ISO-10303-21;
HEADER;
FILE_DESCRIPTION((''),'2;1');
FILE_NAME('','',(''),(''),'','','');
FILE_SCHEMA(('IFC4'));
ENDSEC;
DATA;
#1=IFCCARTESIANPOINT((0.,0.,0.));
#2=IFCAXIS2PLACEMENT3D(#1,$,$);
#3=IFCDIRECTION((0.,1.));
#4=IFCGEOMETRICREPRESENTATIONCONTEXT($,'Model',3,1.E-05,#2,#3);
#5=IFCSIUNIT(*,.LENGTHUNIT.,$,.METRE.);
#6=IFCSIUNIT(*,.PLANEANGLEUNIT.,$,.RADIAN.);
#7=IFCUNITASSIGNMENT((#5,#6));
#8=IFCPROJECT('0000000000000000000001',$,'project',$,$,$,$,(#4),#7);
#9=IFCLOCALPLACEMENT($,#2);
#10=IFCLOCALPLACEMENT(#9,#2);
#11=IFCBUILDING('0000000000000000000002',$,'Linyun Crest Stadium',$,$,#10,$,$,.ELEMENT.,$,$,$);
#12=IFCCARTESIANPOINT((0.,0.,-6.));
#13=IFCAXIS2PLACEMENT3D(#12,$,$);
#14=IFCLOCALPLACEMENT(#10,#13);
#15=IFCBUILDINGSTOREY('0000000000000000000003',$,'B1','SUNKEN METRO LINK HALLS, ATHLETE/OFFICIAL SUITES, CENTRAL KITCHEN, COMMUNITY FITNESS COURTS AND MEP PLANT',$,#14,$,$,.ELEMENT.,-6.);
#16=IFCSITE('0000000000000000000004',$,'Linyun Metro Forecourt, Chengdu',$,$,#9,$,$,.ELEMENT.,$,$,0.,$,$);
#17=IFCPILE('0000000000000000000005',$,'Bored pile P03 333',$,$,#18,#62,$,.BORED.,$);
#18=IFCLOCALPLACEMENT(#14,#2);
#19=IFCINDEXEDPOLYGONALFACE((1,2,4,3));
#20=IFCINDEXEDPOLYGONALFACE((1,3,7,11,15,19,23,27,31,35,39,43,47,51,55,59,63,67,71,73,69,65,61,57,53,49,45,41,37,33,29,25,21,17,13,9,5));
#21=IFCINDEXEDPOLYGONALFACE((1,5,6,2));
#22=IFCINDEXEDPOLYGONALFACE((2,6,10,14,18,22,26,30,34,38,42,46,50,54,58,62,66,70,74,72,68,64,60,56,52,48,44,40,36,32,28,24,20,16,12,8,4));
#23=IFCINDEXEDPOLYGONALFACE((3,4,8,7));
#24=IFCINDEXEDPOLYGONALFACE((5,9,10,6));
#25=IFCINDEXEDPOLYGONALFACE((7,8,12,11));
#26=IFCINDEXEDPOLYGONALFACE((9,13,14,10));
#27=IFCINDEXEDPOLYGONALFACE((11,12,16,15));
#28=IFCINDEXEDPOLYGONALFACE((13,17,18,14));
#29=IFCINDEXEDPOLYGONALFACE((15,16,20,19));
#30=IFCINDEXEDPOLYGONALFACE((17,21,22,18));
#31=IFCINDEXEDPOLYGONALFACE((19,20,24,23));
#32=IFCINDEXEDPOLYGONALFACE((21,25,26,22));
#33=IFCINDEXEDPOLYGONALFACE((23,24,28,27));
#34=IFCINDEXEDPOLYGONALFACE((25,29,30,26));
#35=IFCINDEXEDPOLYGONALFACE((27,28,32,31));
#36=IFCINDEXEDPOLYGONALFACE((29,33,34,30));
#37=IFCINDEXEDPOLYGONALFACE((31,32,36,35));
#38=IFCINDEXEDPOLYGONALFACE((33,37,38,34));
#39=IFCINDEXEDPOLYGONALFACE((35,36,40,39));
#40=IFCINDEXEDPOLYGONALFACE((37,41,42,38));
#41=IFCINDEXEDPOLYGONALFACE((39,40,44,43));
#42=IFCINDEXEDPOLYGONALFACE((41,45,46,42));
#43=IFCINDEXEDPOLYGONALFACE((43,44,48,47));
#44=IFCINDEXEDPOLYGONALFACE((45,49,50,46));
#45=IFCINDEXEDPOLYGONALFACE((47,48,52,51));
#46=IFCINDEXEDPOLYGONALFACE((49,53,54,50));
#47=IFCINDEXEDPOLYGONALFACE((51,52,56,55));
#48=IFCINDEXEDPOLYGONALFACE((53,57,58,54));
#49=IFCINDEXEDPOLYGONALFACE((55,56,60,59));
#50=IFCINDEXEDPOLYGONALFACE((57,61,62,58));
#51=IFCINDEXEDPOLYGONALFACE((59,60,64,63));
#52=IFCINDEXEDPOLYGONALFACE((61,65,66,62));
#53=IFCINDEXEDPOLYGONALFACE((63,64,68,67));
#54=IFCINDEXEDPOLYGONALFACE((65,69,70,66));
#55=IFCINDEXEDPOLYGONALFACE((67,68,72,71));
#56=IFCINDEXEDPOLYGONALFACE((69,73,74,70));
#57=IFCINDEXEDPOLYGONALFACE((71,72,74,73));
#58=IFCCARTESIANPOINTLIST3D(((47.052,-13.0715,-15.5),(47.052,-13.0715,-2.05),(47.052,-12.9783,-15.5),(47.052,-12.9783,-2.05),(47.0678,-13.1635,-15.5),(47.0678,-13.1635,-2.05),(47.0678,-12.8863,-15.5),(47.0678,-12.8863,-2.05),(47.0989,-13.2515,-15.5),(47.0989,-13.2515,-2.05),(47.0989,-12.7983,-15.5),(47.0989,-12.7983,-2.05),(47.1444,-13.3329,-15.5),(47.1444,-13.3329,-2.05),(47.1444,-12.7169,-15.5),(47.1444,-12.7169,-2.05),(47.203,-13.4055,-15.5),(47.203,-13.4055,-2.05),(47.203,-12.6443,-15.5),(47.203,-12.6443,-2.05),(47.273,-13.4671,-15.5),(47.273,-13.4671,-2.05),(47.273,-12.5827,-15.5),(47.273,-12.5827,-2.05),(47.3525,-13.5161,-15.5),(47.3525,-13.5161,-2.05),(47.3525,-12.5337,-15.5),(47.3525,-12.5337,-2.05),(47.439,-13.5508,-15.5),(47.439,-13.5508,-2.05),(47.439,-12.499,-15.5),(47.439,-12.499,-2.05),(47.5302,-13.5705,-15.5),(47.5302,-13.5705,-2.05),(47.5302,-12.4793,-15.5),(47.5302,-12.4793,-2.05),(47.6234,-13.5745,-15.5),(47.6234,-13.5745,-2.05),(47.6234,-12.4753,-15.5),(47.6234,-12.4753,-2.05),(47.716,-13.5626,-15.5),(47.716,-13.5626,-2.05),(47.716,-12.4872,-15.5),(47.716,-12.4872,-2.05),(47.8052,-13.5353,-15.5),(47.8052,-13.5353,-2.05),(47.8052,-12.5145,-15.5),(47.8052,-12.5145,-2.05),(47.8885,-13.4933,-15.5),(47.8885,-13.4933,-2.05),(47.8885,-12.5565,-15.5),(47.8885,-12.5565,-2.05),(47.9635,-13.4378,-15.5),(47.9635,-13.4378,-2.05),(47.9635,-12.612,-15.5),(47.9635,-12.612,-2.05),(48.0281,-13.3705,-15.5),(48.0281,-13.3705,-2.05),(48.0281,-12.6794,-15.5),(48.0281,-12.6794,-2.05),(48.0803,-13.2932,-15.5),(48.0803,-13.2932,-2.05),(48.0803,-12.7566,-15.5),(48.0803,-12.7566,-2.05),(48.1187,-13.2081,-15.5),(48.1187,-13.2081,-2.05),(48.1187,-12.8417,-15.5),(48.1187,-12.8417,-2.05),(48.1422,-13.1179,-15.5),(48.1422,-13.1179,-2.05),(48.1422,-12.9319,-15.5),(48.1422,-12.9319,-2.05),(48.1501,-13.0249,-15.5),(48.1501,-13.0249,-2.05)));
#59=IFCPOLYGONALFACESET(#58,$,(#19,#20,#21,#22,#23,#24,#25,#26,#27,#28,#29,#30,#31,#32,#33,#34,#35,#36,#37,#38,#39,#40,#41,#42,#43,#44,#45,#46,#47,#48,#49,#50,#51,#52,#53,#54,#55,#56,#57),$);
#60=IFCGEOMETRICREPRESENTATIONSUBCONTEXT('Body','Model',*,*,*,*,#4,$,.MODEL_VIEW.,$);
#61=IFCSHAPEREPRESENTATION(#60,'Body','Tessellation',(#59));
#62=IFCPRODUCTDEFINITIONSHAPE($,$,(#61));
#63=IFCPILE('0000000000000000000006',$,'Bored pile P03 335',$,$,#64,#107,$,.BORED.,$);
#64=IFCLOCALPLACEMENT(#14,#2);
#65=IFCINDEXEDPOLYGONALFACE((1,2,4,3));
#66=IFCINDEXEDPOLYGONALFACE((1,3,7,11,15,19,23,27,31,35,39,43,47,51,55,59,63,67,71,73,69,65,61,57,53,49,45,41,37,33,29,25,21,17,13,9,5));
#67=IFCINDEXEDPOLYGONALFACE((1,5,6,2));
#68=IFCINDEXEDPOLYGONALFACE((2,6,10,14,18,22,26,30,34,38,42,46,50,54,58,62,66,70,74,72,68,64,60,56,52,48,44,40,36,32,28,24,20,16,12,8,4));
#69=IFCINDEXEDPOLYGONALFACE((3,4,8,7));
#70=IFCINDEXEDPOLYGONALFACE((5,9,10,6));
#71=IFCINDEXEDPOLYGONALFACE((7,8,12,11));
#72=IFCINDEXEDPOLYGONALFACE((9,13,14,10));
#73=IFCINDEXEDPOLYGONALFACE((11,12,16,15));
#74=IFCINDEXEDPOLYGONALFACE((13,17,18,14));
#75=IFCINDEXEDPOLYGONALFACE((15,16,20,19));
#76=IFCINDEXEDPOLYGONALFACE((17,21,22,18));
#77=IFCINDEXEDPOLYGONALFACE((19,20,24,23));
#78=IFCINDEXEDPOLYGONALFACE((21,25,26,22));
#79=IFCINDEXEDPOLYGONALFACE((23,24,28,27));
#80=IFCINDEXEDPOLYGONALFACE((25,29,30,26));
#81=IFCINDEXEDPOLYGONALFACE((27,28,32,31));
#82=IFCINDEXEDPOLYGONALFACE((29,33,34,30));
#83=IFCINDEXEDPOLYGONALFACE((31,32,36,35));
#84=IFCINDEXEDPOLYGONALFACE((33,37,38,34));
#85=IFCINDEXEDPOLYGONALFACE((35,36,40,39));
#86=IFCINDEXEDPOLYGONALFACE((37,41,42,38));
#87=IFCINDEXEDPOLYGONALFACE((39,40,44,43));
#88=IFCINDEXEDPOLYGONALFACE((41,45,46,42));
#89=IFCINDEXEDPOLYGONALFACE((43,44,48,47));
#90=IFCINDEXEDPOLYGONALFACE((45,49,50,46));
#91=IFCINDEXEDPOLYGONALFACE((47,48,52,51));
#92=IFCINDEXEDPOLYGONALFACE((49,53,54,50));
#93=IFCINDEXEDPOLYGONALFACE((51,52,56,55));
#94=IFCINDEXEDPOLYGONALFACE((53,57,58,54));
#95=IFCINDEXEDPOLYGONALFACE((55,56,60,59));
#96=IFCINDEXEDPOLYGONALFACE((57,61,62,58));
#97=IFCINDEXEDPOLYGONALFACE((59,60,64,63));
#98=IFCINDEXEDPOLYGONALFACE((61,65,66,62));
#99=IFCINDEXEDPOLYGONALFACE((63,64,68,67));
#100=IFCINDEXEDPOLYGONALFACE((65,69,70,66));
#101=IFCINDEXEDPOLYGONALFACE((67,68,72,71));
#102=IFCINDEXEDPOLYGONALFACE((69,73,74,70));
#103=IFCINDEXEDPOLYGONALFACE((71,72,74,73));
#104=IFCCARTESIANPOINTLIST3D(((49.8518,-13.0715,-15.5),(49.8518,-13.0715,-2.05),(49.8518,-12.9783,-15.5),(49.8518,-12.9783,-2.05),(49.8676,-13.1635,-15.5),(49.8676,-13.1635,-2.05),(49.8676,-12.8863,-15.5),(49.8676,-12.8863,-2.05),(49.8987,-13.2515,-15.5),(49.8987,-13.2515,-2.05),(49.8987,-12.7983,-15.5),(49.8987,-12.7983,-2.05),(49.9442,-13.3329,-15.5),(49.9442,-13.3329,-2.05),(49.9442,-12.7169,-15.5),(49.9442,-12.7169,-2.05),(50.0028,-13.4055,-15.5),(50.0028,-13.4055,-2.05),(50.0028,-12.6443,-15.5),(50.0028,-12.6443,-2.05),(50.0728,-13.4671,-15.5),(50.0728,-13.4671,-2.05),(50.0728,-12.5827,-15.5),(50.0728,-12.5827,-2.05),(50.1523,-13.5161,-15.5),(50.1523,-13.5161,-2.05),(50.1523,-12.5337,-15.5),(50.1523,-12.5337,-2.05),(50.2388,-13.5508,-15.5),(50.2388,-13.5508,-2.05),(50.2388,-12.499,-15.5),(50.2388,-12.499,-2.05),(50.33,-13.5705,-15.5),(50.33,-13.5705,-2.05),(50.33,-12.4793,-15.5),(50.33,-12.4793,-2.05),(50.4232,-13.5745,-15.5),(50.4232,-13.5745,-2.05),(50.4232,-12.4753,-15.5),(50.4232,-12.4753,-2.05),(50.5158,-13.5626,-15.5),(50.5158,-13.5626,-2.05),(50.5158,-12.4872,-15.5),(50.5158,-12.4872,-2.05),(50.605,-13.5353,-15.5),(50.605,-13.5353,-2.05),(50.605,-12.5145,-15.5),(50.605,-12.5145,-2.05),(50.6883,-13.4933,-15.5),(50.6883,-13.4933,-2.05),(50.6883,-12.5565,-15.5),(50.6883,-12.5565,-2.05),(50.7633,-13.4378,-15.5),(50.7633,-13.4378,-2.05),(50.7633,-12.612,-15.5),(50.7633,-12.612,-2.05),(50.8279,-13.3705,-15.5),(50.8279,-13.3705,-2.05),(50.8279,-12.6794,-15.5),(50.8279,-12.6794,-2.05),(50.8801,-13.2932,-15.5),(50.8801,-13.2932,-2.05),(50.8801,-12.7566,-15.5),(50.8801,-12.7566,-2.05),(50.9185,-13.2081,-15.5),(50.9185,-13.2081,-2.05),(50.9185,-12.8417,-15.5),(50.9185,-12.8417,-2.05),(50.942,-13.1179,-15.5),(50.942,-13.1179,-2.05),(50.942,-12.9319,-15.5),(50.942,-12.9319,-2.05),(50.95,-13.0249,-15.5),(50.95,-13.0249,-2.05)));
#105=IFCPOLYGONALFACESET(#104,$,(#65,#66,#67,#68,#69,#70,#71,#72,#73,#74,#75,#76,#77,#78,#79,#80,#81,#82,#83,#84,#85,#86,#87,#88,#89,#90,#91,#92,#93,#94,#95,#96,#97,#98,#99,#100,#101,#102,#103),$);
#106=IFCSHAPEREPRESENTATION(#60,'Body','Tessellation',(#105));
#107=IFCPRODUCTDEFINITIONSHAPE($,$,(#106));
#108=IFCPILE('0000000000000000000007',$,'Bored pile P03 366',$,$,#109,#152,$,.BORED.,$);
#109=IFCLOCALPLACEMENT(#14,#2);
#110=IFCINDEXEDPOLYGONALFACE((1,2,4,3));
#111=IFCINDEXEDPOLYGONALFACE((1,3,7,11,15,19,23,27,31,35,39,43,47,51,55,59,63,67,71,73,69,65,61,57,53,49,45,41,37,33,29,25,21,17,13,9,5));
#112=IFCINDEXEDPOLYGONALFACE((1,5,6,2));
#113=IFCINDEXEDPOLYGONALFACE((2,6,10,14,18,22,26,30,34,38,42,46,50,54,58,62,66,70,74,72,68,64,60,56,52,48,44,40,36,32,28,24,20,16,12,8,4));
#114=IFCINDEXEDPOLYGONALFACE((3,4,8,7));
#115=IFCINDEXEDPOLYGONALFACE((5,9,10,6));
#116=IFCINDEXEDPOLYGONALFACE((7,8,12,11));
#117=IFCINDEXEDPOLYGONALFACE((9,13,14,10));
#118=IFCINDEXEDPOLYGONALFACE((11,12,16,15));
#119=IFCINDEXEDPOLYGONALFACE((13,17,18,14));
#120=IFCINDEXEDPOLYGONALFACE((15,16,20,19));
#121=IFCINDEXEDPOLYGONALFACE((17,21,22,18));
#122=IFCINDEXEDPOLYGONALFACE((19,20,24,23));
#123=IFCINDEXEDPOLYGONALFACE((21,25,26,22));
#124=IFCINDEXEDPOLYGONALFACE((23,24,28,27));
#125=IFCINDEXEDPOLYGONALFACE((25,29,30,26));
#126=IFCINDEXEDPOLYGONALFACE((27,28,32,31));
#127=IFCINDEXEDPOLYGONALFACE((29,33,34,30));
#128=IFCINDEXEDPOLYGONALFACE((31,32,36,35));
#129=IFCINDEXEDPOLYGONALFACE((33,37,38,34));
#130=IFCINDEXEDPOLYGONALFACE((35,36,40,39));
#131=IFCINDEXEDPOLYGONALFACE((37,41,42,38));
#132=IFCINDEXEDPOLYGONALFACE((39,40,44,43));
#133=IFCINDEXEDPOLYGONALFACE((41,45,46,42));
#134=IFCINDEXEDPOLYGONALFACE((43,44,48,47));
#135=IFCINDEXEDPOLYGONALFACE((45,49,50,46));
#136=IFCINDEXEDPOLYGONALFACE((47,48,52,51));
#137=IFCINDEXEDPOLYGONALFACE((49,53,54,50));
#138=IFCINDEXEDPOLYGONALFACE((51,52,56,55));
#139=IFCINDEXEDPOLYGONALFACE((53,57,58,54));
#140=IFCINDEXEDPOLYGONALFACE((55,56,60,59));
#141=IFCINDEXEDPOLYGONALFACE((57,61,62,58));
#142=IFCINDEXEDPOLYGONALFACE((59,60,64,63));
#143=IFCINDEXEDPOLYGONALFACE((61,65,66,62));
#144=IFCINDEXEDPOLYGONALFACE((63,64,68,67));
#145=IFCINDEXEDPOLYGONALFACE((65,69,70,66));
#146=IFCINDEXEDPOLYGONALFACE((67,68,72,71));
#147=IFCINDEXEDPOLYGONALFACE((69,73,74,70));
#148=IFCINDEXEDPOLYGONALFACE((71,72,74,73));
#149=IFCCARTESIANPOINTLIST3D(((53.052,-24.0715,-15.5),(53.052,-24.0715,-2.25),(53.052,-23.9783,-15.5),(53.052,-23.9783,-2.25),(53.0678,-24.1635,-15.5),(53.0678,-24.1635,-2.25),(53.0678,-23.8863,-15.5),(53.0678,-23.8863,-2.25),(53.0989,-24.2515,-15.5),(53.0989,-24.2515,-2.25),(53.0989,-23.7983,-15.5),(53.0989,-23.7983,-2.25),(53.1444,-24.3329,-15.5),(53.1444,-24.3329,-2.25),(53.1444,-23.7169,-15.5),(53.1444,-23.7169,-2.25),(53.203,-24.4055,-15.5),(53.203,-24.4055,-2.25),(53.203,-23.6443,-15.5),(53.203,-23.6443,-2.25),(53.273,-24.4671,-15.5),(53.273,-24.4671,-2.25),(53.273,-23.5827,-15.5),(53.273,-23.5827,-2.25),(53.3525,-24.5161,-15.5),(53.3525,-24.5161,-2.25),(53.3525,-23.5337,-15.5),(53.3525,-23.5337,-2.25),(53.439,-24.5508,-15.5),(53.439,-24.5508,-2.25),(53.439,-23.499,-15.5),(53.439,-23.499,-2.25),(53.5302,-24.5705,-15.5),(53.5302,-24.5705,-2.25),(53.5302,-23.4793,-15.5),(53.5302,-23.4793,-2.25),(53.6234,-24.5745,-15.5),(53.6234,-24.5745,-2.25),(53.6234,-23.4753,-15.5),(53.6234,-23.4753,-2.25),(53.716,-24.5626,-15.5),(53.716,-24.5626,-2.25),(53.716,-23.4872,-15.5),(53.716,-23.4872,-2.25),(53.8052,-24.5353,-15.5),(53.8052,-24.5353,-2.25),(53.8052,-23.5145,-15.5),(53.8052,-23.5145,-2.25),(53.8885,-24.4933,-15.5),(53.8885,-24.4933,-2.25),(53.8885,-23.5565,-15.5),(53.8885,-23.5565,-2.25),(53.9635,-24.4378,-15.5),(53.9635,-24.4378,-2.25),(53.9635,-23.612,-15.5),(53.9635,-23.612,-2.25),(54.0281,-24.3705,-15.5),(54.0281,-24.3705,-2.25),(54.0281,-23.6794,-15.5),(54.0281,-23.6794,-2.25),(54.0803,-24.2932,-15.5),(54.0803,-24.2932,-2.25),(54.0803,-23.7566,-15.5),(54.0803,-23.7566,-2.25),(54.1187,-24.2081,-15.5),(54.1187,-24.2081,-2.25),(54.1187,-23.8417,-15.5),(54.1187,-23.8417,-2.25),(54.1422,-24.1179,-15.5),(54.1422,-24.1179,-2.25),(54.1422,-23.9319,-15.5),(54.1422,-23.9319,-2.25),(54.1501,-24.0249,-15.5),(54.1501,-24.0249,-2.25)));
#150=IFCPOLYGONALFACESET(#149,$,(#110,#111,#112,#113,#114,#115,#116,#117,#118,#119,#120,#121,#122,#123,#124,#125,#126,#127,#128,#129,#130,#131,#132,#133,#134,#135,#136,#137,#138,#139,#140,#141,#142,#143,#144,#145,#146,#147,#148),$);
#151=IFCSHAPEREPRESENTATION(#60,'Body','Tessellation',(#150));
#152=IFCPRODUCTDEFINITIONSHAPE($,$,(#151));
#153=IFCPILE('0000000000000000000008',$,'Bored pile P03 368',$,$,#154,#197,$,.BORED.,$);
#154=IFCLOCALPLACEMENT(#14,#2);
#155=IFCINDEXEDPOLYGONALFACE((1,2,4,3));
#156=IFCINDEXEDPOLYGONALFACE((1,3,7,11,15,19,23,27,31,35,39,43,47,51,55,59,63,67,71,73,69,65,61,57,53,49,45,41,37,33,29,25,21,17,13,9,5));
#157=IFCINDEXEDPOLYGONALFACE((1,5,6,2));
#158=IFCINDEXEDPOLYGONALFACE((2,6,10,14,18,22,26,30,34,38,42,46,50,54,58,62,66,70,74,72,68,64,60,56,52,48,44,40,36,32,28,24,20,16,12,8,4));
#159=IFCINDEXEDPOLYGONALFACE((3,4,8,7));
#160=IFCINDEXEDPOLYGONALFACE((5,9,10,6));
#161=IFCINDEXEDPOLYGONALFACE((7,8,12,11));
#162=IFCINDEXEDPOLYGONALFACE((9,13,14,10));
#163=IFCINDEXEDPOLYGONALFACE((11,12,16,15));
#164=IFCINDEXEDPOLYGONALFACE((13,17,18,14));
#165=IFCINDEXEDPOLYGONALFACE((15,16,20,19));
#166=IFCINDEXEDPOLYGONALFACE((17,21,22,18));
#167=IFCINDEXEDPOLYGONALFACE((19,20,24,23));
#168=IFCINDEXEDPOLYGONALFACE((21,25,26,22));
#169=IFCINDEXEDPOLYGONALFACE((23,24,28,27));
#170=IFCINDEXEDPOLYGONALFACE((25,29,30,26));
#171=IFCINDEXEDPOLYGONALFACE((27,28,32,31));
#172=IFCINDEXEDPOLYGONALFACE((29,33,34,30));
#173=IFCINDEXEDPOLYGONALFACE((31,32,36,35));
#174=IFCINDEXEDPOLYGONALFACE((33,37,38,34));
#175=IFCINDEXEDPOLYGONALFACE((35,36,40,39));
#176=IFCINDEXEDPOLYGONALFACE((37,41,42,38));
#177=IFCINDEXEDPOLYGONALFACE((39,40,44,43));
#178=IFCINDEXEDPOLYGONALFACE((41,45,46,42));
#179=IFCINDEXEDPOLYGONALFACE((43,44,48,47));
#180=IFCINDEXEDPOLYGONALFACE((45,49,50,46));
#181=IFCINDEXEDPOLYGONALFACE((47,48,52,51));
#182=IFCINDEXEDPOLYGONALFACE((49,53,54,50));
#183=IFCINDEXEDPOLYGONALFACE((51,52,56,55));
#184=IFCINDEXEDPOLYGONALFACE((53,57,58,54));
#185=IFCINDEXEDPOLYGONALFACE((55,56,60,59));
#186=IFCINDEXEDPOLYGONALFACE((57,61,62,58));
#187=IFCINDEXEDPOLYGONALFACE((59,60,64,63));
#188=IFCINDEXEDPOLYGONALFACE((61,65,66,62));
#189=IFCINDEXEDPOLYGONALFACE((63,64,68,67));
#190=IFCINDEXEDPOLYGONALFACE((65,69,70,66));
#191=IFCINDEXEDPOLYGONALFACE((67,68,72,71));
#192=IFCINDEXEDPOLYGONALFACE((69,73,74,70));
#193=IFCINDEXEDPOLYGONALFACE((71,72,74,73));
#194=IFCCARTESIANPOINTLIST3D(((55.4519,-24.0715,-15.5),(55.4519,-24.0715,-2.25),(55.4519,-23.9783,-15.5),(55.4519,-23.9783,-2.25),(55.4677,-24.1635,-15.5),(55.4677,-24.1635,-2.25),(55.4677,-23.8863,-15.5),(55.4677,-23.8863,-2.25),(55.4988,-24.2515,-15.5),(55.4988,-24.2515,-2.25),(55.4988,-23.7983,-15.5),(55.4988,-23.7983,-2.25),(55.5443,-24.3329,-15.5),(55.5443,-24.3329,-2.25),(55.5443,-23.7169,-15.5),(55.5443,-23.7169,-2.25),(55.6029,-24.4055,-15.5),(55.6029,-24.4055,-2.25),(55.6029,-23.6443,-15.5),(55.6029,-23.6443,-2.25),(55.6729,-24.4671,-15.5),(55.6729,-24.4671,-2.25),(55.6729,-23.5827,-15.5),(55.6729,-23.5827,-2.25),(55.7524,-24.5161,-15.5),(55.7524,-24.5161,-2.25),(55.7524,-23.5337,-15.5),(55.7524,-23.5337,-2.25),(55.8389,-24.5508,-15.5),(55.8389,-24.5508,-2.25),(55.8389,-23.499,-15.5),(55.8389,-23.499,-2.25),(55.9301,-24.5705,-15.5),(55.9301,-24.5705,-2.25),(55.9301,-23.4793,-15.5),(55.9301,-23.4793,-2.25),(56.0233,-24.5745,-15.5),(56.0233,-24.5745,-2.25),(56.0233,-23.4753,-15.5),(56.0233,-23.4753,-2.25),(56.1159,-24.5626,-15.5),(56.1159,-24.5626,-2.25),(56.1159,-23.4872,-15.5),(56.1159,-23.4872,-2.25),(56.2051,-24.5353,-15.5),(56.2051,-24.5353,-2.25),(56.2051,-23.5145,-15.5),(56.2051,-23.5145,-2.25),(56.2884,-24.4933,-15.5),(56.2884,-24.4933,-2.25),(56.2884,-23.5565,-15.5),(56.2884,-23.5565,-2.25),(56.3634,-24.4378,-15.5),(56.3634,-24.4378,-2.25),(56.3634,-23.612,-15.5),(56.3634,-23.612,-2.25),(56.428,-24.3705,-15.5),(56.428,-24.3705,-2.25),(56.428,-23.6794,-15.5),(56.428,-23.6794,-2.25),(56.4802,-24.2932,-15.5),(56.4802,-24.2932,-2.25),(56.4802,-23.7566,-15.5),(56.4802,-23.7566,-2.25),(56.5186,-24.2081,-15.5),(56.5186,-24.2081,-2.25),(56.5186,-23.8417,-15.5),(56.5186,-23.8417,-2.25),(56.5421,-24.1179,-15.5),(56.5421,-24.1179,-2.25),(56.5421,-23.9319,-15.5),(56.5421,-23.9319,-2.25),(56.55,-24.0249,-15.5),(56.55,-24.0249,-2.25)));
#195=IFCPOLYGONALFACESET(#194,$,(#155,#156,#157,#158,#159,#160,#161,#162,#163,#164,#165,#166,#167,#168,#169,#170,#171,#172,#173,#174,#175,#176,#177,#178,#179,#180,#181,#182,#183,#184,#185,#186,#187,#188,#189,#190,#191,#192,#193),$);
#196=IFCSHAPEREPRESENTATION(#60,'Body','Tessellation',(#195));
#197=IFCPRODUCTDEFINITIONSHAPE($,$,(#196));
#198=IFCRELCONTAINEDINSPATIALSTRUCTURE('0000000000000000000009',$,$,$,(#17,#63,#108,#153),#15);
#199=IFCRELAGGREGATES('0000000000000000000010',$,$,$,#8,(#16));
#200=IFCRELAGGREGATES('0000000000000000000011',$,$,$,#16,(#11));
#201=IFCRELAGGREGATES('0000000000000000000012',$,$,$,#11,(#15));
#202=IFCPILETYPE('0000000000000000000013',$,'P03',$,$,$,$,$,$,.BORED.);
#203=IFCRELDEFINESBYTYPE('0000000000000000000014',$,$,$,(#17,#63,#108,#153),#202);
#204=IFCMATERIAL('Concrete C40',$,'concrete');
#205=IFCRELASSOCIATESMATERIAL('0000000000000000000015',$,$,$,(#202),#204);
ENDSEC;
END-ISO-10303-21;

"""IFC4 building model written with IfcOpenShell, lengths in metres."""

from ifc_helpers import new_model, si_unit, direction, frame, origin, origin_2d, place, context, subcontext, project, spatial, circle, extrude, material, material_profile, profile_set, type_object, element, save


model = new_model("IFC4")

# Units and contexts
model_context = context("Model", 3, precision=1e-05, world=origin(), true_north=direction((0.0, 1.0)))
body_context = subcontext(model_context, "Body", "Model", "MODEL_VIEW")
ifc_project = project(units=[si_unit("LENGTHUNIT", "METRE"), si_unit("PLANEANGLEUNIT", "RADIAN")], contexts=[model_context])

# Site, building, storey
site_placement = place(None, origin())
site = spatial("IfcSite", under=ifc_project, at=site_placement, Name="Linyun Metro Forecourt, Chengdu", CompositionType="ELEMENT", RefElevation=0.0)
building_placement = place(site_placement, origin())
building = spatial("IfcBuilding", under=site, at=building_placement, Name="Linyun Crest Stadium", CompositionType="ELEMENT")
storey_placement = place(building_placement, frame((0.0, 0.0, -6.0)))
storey = spatial("IfcBuildingStorey", under=building, at=storey_placement, Name="B1", Description="SUNKEN METRO LINK HALLS, ATHLETE/OFFICIAL SUITES, CENTRAL KITCHEN, COMMUNITY FITNESS COURTS AND MEP PLANT", CompositionType="ELEMENT", Elevation=-6.0)

# Piles
ifc_material_1 = material(Name="Concrete C40", Category="concrete")
ifc_material_profile_1 = material_profile(ifc_material_1, circle(Radius=0.55, at=origin_2d()), Name="BORED PILE 1100")
ifc_profile_set_1 = profile_set([ifc_material_profile_1], Name="Concrete C40")
pile_type = type_object("IfcPileType", Name="P03", PredefinedType="BORED", material=ifc_profile_set_1)
for number, where, z_axis, x_axis, name in (
    (1, (47.6001, -13.0249, -2.05), (0.0, 0.0, -1.0), (1.0, 0.0, 0.0), "Bored pile P03 333"),
    (2, (50.3999, -13.0249, -2.05), (0.0, 0.0, -1.0), (1.0, 0.0, 0.0), "Bored pile P03 335"),
):
    element("IfcPile", number, at=place(storey_placement, frame(where, z_axis=z_axis, x_axis=x_axis)), inside=storey, type_object=pile_type, Name=name, PredefinedType="BORED", context=body_context, shape_type="SweptSolid", body=[
        extrude(circle(Radius=0.55, at=origin_2d()), origin(), (0.0, 0.0, 1.0), 13.45),
    ])
for number, where, z_axis, x_axis, name in (
    (3, (53.6001, -24.0249, -2.25), (0.0, 0.0, -1.0), (1.0, 0.0, 0.0), "Bored pile P03 366"),
    (4, (56.0, -24.0249, -2.25), (0.0, 0.0, -1.0), (1.0, 0.0, 0.0), "Bored pile P03 368"),
):
    element("IfcPile", number, at=place(storey_placement, frame(where, z_axis=z_axis, x_axis=x_axis)), inside=storey, type_object=pile_type, Name=name, PredefinedType="BORED", context=body_context, shape_type="SweptSolid", body=[
        extrude(circle(Radius=0.55, at=origin_2d()), origin(), (0.0, 0.0, 1.0), 13.25),
    ])

save(model, "model.ifc")
